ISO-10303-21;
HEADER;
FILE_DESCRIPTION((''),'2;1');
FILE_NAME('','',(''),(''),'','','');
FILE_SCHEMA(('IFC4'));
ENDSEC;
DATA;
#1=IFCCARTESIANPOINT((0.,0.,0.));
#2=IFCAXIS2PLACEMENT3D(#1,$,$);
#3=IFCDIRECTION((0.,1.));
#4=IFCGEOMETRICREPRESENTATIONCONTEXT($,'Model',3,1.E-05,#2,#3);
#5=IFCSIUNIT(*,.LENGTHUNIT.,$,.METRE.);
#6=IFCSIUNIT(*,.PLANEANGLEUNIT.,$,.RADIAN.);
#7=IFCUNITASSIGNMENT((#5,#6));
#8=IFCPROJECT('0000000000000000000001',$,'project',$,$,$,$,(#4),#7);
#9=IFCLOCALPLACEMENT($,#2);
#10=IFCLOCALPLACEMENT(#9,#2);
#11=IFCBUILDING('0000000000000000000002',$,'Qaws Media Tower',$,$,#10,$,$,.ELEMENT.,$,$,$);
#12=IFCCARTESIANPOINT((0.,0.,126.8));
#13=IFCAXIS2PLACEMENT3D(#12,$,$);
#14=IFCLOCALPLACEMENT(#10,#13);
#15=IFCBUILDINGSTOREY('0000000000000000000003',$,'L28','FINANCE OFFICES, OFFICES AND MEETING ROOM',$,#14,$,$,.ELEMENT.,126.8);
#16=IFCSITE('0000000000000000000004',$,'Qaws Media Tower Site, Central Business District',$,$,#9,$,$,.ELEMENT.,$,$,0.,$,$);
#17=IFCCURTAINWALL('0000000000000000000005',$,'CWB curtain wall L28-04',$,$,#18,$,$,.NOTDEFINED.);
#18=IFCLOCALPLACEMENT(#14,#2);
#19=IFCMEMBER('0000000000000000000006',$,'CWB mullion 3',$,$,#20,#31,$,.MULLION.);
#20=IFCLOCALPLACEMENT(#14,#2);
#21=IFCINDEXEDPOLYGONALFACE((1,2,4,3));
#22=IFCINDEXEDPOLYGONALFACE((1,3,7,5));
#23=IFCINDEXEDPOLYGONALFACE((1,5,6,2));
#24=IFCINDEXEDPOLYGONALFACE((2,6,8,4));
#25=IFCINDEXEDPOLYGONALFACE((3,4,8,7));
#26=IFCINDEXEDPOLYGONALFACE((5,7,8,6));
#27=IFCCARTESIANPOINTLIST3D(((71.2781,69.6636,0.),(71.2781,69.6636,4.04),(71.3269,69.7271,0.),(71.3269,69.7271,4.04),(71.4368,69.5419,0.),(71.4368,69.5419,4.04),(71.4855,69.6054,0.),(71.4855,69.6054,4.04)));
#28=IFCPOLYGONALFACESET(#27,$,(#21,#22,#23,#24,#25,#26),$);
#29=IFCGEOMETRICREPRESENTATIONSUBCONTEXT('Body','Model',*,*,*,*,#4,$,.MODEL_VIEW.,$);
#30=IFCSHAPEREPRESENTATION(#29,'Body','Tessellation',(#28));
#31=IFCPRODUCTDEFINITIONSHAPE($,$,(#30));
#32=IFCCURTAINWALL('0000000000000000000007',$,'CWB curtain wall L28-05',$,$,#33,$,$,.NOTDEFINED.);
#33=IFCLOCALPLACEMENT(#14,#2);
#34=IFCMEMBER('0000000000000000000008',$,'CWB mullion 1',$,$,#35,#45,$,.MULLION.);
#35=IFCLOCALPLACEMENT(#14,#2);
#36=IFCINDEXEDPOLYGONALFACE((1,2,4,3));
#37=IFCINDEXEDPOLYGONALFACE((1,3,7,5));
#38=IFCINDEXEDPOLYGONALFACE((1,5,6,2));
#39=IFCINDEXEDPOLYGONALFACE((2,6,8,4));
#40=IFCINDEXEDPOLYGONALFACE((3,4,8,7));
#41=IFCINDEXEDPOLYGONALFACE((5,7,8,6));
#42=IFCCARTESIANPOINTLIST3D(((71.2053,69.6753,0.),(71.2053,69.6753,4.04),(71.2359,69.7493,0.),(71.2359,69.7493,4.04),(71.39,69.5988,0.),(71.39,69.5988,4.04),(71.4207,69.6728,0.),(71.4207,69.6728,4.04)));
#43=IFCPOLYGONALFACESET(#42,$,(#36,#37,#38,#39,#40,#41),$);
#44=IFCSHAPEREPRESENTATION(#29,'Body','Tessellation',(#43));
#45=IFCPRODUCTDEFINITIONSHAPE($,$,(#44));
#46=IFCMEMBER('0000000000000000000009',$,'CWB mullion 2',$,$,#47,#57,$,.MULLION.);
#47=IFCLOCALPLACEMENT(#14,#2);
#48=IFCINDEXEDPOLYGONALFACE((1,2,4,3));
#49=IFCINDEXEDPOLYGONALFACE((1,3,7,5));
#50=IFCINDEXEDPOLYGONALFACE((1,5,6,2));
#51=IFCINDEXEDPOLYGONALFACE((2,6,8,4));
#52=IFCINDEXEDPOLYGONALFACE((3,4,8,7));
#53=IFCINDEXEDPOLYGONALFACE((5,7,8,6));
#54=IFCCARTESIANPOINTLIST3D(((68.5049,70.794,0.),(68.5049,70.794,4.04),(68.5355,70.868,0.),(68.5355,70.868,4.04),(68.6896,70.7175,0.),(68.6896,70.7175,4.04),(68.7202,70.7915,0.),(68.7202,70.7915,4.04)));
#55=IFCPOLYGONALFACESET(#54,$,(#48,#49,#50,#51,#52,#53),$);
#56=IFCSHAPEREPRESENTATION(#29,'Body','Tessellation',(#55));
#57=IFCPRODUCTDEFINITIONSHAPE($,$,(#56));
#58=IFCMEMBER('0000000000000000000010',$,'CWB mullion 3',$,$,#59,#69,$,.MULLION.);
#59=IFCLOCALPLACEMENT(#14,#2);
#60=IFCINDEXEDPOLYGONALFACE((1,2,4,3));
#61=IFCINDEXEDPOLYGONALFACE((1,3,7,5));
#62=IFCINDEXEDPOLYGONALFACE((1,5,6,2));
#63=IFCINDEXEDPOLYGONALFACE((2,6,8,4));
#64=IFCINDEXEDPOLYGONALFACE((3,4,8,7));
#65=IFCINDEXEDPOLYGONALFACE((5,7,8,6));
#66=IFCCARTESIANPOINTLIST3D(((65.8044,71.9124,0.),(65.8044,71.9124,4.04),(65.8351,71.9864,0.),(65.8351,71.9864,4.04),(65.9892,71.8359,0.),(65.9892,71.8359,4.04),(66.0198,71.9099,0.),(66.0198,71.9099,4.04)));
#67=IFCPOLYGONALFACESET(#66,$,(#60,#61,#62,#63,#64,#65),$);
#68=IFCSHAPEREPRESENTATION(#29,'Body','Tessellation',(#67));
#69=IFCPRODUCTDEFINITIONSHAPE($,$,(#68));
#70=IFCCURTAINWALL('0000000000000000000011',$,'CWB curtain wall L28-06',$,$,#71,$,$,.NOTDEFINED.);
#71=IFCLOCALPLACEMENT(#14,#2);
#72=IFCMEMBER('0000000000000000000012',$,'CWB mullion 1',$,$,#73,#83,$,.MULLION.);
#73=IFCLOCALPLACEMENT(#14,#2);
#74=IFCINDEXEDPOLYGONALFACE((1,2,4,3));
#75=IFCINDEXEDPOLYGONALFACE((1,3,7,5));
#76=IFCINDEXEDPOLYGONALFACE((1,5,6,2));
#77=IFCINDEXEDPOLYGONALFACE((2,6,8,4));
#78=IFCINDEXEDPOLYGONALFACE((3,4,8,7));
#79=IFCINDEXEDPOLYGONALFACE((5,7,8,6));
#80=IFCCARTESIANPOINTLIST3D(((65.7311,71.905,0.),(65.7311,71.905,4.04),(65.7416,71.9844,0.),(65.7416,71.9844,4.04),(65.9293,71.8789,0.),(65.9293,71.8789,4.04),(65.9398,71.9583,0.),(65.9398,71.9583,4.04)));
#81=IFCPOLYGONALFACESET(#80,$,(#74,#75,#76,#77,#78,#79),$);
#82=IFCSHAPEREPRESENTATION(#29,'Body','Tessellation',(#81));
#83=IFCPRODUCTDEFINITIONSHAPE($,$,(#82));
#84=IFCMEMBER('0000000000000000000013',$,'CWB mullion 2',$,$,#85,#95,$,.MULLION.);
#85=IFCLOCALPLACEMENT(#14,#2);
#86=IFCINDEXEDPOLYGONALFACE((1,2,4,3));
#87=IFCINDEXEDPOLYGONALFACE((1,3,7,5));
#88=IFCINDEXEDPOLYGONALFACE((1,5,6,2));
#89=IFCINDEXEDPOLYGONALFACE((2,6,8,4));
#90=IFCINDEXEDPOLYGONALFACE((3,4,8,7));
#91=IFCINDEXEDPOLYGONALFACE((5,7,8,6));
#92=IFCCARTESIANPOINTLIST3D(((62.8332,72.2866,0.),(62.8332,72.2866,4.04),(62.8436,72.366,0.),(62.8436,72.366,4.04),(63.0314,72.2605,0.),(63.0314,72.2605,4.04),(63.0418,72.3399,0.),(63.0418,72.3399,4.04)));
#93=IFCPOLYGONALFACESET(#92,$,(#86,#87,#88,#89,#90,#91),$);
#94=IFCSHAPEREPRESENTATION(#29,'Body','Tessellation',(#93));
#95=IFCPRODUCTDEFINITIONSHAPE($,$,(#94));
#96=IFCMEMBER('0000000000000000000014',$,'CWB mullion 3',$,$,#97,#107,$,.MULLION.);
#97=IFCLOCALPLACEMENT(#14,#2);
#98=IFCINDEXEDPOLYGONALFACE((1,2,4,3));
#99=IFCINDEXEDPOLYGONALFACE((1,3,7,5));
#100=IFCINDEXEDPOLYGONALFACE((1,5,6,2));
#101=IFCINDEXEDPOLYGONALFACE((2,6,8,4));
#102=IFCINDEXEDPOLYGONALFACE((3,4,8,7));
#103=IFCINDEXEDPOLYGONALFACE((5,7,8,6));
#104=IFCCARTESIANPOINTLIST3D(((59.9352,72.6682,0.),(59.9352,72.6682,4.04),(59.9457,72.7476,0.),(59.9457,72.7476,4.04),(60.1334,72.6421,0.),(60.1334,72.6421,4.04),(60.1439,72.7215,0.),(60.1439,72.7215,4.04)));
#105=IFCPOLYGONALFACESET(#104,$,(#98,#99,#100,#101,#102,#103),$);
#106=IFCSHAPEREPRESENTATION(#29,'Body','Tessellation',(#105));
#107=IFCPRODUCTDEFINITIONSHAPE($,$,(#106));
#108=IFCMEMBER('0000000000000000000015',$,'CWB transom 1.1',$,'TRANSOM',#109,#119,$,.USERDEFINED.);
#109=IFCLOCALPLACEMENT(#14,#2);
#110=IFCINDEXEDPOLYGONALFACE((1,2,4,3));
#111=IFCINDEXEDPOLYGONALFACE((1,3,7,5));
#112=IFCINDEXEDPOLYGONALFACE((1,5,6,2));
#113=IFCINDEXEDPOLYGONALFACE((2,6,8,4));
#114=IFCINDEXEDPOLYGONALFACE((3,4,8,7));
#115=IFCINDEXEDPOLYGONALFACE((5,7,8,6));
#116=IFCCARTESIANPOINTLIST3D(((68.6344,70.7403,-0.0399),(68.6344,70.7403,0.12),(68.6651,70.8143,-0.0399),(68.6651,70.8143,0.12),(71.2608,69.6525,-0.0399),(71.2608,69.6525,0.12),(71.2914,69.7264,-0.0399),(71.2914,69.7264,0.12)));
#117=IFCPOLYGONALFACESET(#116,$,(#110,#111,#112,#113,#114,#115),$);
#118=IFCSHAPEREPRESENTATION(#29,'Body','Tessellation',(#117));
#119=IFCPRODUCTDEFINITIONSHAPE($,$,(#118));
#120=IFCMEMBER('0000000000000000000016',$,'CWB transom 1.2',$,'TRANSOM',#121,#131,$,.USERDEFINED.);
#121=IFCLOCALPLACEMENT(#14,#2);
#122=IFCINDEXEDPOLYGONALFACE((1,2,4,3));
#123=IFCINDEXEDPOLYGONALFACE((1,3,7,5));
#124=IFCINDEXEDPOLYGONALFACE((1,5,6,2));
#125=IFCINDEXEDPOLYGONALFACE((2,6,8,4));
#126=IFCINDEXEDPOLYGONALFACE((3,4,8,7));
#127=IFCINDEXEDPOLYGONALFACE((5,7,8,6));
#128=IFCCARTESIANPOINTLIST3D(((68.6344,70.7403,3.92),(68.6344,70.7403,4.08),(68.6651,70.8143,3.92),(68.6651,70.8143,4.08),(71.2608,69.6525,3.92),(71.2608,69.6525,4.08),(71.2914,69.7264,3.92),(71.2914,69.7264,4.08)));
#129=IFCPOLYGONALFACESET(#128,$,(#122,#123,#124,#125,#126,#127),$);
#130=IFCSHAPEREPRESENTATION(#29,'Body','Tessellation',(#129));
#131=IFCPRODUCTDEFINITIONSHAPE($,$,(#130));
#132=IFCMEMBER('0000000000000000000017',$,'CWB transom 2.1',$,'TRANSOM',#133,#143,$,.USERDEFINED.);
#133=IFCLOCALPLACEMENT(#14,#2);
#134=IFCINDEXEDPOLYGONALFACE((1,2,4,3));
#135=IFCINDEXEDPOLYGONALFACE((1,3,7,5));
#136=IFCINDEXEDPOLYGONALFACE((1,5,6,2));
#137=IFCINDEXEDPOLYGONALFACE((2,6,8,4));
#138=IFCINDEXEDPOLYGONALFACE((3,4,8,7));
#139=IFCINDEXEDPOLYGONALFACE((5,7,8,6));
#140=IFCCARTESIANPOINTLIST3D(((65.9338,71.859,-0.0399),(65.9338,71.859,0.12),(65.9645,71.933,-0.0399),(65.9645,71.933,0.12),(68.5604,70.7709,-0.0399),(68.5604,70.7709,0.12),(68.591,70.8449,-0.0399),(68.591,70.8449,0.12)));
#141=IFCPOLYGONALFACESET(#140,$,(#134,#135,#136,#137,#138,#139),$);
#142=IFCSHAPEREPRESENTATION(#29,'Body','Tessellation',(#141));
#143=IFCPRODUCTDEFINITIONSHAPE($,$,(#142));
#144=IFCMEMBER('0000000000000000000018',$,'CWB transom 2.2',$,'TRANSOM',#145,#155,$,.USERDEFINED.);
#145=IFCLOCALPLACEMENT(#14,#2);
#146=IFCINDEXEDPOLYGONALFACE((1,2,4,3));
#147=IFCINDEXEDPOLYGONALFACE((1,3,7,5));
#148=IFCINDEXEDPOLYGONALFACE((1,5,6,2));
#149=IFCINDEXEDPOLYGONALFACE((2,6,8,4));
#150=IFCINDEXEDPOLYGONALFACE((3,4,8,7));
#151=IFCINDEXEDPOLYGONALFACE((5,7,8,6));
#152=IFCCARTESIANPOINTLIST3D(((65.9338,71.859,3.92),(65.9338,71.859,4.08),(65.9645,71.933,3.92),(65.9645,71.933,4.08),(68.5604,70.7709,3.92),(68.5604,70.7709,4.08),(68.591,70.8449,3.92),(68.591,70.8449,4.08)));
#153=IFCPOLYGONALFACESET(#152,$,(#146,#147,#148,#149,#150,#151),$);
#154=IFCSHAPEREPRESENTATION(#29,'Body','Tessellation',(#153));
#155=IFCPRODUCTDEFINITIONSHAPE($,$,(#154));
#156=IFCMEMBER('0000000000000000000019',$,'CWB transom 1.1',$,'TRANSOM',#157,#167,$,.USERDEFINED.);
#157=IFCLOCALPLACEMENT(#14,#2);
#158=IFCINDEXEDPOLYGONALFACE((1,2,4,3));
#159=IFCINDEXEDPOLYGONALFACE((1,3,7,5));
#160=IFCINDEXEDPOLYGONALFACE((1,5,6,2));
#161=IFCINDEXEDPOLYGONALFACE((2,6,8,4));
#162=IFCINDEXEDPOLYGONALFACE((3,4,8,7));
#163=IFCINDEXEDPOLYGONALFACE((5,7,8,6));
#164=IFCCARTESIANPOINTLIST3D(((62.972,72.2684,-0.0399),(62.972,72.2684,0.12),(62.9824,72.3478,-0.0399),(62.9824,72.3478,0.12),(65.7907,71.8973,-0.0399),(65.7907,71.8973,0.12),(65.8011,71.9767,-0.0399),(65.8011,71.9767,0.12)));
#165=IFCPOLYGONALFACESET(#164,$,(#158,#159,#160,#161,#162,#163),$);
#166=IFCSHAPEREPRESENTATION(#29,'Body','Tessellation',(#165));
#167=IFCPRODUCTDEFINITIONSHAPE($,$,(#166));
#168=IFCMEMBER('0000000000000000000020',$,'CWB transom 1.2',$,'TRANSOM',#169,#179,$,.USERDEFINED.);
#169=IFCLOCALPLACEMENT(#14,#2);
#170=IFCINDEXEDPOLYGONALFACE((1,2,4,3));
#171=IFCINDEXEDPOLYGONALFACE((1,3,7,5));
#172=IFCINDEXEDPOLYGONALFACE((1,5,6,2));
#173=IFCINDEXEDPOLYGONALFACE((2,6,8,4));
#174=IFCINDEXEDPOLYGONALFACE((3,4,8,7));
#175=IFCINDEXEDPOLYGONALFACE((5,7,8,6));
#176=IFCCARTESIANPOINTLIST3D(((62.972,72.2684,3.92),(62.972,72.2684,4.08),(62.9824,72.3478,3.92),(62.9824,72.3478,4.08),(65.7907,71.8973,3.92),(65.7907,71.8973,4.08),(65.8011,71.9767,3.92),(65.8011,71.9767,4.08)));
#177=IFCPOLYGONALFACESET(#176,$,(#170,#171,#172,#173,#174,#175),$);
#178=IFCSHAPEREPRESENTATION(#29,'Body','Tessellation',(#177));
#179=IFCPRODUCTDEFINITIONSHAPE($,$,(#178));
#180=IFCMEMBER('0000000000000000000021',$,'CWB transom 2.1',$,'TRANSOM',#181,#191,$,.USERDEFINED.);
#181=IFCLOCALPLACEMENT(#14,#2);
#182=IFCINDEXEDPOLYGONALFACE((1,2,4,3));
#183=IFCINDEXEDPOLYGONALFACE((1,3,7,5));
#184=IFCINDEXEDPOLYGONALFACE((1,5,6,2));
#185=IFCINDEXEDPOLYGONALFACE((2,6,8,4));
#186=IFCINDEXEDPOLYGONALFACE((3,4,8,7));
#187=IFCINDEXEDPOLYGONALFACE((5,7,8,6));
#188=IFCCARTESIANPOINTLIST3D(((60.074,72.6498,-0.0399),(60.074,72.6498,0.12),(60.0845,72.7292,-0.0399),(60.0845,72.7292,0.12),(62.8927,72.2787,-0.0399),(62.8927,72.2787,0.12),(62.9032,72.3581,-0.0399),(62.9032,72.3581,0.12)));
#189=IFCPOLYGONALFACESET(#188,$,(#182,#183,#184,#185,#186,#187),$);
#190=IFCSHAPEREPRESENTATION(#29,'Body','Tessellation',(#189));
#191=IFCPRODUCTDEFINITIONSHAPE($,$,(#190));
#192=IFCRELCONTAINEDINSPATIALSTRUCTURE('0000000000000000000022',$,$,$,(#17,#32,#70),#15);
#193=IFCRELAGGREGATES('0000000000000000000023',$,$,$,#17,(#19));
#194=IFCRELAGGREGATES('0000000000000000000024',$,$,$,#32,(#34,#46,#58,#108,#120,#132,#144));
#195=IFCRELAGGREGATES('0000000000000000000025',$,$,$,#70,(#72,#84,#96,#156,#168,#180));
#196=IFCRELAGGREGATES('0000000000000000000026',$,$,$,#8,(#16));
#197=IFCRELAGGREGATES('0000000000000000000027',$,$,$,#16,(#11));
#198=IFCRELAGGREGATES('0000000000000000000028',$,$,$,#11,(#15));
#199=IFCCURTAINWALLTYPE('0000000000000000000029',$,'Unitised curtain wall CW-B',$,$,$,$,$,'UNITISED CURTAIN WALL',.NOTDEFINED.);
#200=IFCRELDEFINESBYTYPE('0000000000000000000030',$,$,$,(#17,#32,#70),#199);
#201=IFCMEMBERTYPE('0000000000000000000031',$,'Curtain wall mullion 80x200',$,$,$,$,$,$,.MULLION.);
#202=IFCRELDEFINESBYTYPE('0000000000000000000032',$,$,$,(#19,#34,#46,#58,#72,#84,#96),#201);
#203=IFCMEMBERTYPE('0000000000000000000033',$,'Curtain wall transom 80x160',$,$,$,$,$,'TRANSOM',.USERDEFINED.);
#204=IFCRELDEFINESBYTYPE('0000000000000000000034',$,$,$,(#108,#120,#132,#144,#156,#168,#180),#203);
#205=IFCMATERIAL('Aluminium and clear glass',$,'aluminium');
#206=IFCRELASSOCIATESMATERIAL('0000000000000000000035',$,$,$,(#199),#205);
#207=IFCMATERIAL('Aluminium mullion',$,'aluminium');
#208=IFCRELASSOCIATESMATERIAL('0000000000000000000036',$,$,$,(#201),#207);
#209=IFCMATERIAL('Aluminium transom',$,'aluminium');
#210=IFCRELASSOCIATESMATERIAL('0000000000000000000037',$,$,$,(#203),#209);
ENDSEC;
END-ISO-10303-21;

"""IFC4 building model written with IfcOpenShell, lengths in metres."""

from ifc_helpers import new_model, si_unit, direction, frame, origin, origin_2d, place, context, subcontext, project, spatial, rectangle, extrude, material, material_profile, profile_set, type_object, element, aggregate, save


model = new_model("IFC4")

# Units and contexts
model_context = context("Model", 3, precision=1e-05, world=origin(), true_north=direction((0.0, 1.0)))
body_context = subcontext(model_context, "Body", "Model", "MODEL_VIEW")
ifc_project = project(units=[si_unit("LENGTHUNIT", "METRE"), si_unit("PLANEANGLEUNIT", "RADIAN")], contexts=[model_context])

# Site, building, storey
site_placement = place(None, origin())
site = spatial("IfcSite", under=ifc_project, at=site_placement, Name="Qaws Media Tower Site, Central Business District", CompositionType="ELEMENT", RefElevation=0.0)
building_placement = place(site_placement, origin())
building = spatial("IfcBuilding", under=site, at=building_placement, Name="Qaws Media Tower", CompositionType="ELEMENT")
storey_placement = place(building_placement, frame((0.0, 0.0, 126.8)))
storey = spatial("IfcBuildingStorey", under=building, at=storey_placement, Name="L28", Description="FINANCE OFFICES, OFFICES AND MEETING ROOM", CompositionType="ELEMENT", Elevation=126.8)

# Curtain wall, member
ifc_material_1 = material(Name="Aluminium and clear glass", Category="aluminium")
curtain_wall_type = type_object("IfcCurtainWallType", Name="Unitised curtain wall CW-B", ElementType="UNITISED CURTAIN WALL", PredefinedType="NOTDEFINED", material=ifc_material_1)
curtain_wall_1_placement = place(storey_placement, origin())
curtain_wall_1 = element("IfcCurtainWall", 1, at=curtain_wall_1_placement, inside=storey, type_object=curtain_wall_type, Name="CWB curtain wall L28-04", PredefinedType="NOTDEFINED")
ifc_material_2 = material(Name="Aluminium mullion", Category="aluminium")
ifc_material_profile_1 = material_profile(ifc_material_2, rectangle(XDim=0.0801, YDim=0.2, at=origin_2d()), Name="80x200")
ifc_profile_set_1 = profile_set([ifc_material_profile_1], Name="Aluminium mullion")
member_type_1 = type_object("IfcMemberType", Name="Curtain wall mullion 80x200", PredefinedType="MULLION", material=ifc_profile_set_1)
member_1_placement = place(storey_placement, frame((71.3818, 69.6345, 0.0), z_axis=(0.0, 0.0, 1.0), x_axis=(-0.608761, -0.793353, 0.0)))
member_1 = element("IfcMember", 2, at=member_1_placement, type_object=member_type_1, Name="CWB mullion 3", PredefinedType="MULLION", context=body_context, shape_type="SweptSolid", body=[
    extrude(rectangle(XDim=0.0801, YDim=0.2, at=origin_2d()), origin(), (0.0, 0.0, 1.0), 4.04),
])
aggregate(curtain_wall_1, [member_1])

# Curtain walls, members
curtain_wall_2_placement = place(storey_placement, origin())
curtain_wall_2 = element("IfcCurtainWall", 3, at=curtain_wall_2_placement, inside=storey, type_object=curtain_wall_type, Name="CWB curtain wall L28-05", PredefinedType="NOTDEFINED")
member_2_placement = place(storey_placement, frame((71.313, 69.6741, 0.0), z_axis=(0.0, 0.0, 1.0), x_axis=(-0.382683, -0.92388, 0.0)))
member_2 = element("IfcMember", 4, at=member_2_placement, type_object=member_type_1, Name="CWB mullion 1", PredefinedType="MULLION", context=body_context, shape_type="SweptSolid", body=[
    extrude(rectangle(XDim=0.0801, YDim=0.2, at=origin_2d()), origin(), (0.0, 0.0, 1.0), 4.04),
])
member_3_placement = place(storey_placement, frame((68.6125, 70.7927, 0.0), z_axis=(0.0, 0.0, 1.0), x_axis=(-0.382683, -0.92388, 0.0)))
member_3 = element("IfcMember", 5, at=member_3_placement, type_object=member_type_1, Name="CWB mullion 2", PredefinedType="MULLION", context=body_context, shape_type="SweptSolid", body=[
    extrude(rectangle(XDim=0.0801, YDim=0.2, at=origin_2d()), origin(), (0.0, 0.0, 1.0), 4.04),
])
member_4_placement = place(storey_placement, frame((65.9121, 71.9111, 0.0), z_axis=(0.0, 0.0, 1.0), x_axis=(-0.382683, -0.92388, 0.0)))
member_4 = element("IfcMember", 6, at=member_4_placement, type_object=member_type_1, Name="CWB mullion 3", PredefinedType="MULLION", context=body_context, shape_type="SweptSolid", body=[
    extrude(rectangle(XDim=0.0801, YDim=0.2, at=origin_2d()), origin(), (0.0, 0.0, 1.0), 4.04),
])
curtain_wall_3_placement = place(storey_placement, origin())
curtain_wall_3 = element("IfcCurtainWall", 7, at=curtain_wall_3_placement, inside=storey, type_object=curtain_wall_type, Name="CWB curtain wall L28-06", PredefinedType="NOTDEFINED")
member_5_placement = place(storey_placement, frame((65.8354, 71.9316, 0.0), z_axis=(0.0, 0.0, 1.0), x_axis=(-0.130526, -0.991445, 0.0)))
member_5 = element("IfcMember", 8, at=member_5_placement, type_object=member_type_1, Name="CWB mullion 1", PredefinedType="MULLION", context=body_context, shape_type="SweptSolid", body=[
    extrude(rectangle(XDim=0.0801, YDim=0.2, at=origin_2d()), origin(), (0.0, 0.0, 1.0), 4.04),
])
member_6_placement = place(storey_placement, frame((62.9375, 72.3132, 0.0), z_axis=(0.0, 0.0, 1.0), x_axis=(-0.130526, -0.991445, 0.0)))
member_6 = element("IfcMember", 9, at=member_6_placement, type_object=member_type_1, Name="CWB mullion 2", PredefinedType="MULLION", context=body_context, shape_type="SweptSolid", body=[
    extrude(rectangle(XDim=0.0801, YDim=0.2, at=origin_2d()), origin(), (0.0, 0.0, 1.0), 4.04),
])
member_7_placement = place(storey_placement, frame((60.0396, 72.6948, 0.0), z_axis=(0.0, 0.0, 1.0), x_axis=(-0.130526, -0.991445, 0.0)))
member_7 = element("IfcMember", 10, at=member_7_placement, type_object=member_type_1, Name="CWB mullion 3", PredefinedType="MULLION", context=body_context, shape_type="SweptSolid", body=[
    extrude(rectangle(XDim=0.0801, YDim=0.2, at=origin_2d()), origin(), (0.0, 0.0, 1.0), 4.04),
])

# Members
ifc_material_3 = material(Name="Aluminium transom", Category="aluminium")
ifc_material_profile_2 = material_profile(ifc_material_3, rectangle(XDim=0.0801, YDim=0.1599, at=origin_2d()), Name="80x160")
ifc_profile_set_2 = profile_set([ifc_material_profile_2], Name="Aluminium transom")
member_type_2 = type_object("IfcMemberType", Name="Curtain wall transom 80x160", ElementType="TRANSOM", PredefinedType="USERDEFINED", material=ifc_profile_set_2)
member_8_placement = place(storey_placement, frame((71.2761, 69.6895, 0.04), z_axis=(-0.923883, 0.382675, 0.0), x_axis=(-0.382675, -0.923883, 0.0)))
member_8 = element("IfcMember", 11, at=member_8_placement, type_object=member_type_2, Name="CWB transom 1.1", ObjectType="TRANSOM", PredefinedType="USERDEFINED", context=body_context, shape_type="SweptSolid", body=[
    extrude(rectangle(XDim=0.0801, YDim=0.1599, at=origin_2d()), origin(), (0.0, 0.0, 1.0), 2.8428),
])
member_9_placement = place(storey_placement, frame((71.2761, 69.6895, 4.0), z_axis=(-0.923883, 0.382675, 0.0), x_axis=(-0.382675, -0.923883, 0.0)))
member_9 = element("IfcMember", 12, at=member_9_placement, type_object=member_type_2, Name="CWB transom 1.2", ObjectType="TRANSOM", PredefinedType="USERDEFINED", context=body_context, shape_type="SweptSolid", body=[
    extrude(rectangle(XDim=0.0801, YDim=0.1599, at=origin_2d()), origin(), (0.0, 0.0, 1.0), 2.8428),
])
member_10_placement = place(storey_placement, frame((68.5757, 70.8079, 0.04), z_axis=(-0.923852, 0.382749, 0.0), x_axis=(-0.382749, -0.923852, 0.0)))
member_10 = element("IfcMember", 13, at=member_10_placement, type_object=member_type_2, Name="CWB transom 2.1", ObjectType="TRANSOM", PredefinedType="USERDEFINED", context=body_context, shape_type="SweptSolid", body=[
    extrude(rectangle(XDim=0.0801, YDim=0.1599, at=origin_2d()), origin(), (0.0, 0.0, 1.0), 2.843),
])
member_11_placement = place(storey_placement, frame((68.5757, 70.8079, 4.0), z_axis=(-0.923852, 0.382749, 0.0), x_axis=(-0.382749, -0.923852, 0.0)))
member_11 = element("IfcMember", 14, at=member_11_placement, type_object=member_type_2, Name="CWB transom 2.2", ObjectType="TRANSOM", PredefinedType="USERDEFINED", context=body_context, shape_type="SweptSolid", body=[
    extrude(rectangle(XDim=0.0801, YDim=0.1599, at=origin_2d()), origin(), (0.0, 0.0, 1.0), 2.843),
])
member_12_placement = place(storey_placement, frame((65.7959, 71.937, 0.04), z_axis=(-0.991444, 0.130532, 0.0), x_axis=(-0.130532, -0.991444, 0.0)))
member_12 = element("IfcMember", 15, at=member_12_placement, type_object=member_type_2, Name="CWB transom 1.1", ObjectType="TRANSOM", PredefinedType="USERDEFINED", context=body_context, shape_type="SweptSolid", body=[
    extrude(rectangle(XDim=0.0801, YDim=0.1599, at=origin_2d()), origin(), (0.0, 0.0, 1.0), 2.843),
])
member_13_placement = place(storey_placement, frame((65.7959, 71.937, 4.0), z_axis=(-0.991444, 0.130532, 0.0), x_axis=(-0.130532, -0.991444, 0.0)))
member_13 = element("IfcMember", 16, at=member_13_placement, type_object=member_type_2, Name="CWB transom 1.2", ObjectType="TRANSOM", PredefinedType="USERDEFINED", context=body_context, shape_type="SweptSolid", body=[
    extrude(rectangle(XDim=0.0801, YDim=0.1599, at=origin_2d()), origin(), (0.0, 0.0, 1.0), 2.843),
])
member_14_placement = place(storey_placement, frame((62.8979, 72.3184, 0.04), z_axis=(-0.991444, 0.130532, 0.0), x_axis=(-0.130532, -0.991444, 0.0)))
member_14 = element("IfcMember", 17, at=member_14_placement, type_object=member_type_2, Name="CWB transom 2.1", ObjectType="TRANSOM", PredefinedType="USERDEFINED", context=body_context, shape_type="SweptSolid", body=[
    extrude(rectangle(XDim=0.0801, YDim=0.1599, at=origin_2d()), origin(), (0.0, 0.0, 1.0), 2.843),
])

aggregate(curtain_wall_2, [member_2, member_3, member_4, member_8, member_9, member_10, member_11])
aggregate(curtain_wall_3, [member_5, member_6, member_7, member_12, member_13, member_14])

save(model, "model.ifc")
